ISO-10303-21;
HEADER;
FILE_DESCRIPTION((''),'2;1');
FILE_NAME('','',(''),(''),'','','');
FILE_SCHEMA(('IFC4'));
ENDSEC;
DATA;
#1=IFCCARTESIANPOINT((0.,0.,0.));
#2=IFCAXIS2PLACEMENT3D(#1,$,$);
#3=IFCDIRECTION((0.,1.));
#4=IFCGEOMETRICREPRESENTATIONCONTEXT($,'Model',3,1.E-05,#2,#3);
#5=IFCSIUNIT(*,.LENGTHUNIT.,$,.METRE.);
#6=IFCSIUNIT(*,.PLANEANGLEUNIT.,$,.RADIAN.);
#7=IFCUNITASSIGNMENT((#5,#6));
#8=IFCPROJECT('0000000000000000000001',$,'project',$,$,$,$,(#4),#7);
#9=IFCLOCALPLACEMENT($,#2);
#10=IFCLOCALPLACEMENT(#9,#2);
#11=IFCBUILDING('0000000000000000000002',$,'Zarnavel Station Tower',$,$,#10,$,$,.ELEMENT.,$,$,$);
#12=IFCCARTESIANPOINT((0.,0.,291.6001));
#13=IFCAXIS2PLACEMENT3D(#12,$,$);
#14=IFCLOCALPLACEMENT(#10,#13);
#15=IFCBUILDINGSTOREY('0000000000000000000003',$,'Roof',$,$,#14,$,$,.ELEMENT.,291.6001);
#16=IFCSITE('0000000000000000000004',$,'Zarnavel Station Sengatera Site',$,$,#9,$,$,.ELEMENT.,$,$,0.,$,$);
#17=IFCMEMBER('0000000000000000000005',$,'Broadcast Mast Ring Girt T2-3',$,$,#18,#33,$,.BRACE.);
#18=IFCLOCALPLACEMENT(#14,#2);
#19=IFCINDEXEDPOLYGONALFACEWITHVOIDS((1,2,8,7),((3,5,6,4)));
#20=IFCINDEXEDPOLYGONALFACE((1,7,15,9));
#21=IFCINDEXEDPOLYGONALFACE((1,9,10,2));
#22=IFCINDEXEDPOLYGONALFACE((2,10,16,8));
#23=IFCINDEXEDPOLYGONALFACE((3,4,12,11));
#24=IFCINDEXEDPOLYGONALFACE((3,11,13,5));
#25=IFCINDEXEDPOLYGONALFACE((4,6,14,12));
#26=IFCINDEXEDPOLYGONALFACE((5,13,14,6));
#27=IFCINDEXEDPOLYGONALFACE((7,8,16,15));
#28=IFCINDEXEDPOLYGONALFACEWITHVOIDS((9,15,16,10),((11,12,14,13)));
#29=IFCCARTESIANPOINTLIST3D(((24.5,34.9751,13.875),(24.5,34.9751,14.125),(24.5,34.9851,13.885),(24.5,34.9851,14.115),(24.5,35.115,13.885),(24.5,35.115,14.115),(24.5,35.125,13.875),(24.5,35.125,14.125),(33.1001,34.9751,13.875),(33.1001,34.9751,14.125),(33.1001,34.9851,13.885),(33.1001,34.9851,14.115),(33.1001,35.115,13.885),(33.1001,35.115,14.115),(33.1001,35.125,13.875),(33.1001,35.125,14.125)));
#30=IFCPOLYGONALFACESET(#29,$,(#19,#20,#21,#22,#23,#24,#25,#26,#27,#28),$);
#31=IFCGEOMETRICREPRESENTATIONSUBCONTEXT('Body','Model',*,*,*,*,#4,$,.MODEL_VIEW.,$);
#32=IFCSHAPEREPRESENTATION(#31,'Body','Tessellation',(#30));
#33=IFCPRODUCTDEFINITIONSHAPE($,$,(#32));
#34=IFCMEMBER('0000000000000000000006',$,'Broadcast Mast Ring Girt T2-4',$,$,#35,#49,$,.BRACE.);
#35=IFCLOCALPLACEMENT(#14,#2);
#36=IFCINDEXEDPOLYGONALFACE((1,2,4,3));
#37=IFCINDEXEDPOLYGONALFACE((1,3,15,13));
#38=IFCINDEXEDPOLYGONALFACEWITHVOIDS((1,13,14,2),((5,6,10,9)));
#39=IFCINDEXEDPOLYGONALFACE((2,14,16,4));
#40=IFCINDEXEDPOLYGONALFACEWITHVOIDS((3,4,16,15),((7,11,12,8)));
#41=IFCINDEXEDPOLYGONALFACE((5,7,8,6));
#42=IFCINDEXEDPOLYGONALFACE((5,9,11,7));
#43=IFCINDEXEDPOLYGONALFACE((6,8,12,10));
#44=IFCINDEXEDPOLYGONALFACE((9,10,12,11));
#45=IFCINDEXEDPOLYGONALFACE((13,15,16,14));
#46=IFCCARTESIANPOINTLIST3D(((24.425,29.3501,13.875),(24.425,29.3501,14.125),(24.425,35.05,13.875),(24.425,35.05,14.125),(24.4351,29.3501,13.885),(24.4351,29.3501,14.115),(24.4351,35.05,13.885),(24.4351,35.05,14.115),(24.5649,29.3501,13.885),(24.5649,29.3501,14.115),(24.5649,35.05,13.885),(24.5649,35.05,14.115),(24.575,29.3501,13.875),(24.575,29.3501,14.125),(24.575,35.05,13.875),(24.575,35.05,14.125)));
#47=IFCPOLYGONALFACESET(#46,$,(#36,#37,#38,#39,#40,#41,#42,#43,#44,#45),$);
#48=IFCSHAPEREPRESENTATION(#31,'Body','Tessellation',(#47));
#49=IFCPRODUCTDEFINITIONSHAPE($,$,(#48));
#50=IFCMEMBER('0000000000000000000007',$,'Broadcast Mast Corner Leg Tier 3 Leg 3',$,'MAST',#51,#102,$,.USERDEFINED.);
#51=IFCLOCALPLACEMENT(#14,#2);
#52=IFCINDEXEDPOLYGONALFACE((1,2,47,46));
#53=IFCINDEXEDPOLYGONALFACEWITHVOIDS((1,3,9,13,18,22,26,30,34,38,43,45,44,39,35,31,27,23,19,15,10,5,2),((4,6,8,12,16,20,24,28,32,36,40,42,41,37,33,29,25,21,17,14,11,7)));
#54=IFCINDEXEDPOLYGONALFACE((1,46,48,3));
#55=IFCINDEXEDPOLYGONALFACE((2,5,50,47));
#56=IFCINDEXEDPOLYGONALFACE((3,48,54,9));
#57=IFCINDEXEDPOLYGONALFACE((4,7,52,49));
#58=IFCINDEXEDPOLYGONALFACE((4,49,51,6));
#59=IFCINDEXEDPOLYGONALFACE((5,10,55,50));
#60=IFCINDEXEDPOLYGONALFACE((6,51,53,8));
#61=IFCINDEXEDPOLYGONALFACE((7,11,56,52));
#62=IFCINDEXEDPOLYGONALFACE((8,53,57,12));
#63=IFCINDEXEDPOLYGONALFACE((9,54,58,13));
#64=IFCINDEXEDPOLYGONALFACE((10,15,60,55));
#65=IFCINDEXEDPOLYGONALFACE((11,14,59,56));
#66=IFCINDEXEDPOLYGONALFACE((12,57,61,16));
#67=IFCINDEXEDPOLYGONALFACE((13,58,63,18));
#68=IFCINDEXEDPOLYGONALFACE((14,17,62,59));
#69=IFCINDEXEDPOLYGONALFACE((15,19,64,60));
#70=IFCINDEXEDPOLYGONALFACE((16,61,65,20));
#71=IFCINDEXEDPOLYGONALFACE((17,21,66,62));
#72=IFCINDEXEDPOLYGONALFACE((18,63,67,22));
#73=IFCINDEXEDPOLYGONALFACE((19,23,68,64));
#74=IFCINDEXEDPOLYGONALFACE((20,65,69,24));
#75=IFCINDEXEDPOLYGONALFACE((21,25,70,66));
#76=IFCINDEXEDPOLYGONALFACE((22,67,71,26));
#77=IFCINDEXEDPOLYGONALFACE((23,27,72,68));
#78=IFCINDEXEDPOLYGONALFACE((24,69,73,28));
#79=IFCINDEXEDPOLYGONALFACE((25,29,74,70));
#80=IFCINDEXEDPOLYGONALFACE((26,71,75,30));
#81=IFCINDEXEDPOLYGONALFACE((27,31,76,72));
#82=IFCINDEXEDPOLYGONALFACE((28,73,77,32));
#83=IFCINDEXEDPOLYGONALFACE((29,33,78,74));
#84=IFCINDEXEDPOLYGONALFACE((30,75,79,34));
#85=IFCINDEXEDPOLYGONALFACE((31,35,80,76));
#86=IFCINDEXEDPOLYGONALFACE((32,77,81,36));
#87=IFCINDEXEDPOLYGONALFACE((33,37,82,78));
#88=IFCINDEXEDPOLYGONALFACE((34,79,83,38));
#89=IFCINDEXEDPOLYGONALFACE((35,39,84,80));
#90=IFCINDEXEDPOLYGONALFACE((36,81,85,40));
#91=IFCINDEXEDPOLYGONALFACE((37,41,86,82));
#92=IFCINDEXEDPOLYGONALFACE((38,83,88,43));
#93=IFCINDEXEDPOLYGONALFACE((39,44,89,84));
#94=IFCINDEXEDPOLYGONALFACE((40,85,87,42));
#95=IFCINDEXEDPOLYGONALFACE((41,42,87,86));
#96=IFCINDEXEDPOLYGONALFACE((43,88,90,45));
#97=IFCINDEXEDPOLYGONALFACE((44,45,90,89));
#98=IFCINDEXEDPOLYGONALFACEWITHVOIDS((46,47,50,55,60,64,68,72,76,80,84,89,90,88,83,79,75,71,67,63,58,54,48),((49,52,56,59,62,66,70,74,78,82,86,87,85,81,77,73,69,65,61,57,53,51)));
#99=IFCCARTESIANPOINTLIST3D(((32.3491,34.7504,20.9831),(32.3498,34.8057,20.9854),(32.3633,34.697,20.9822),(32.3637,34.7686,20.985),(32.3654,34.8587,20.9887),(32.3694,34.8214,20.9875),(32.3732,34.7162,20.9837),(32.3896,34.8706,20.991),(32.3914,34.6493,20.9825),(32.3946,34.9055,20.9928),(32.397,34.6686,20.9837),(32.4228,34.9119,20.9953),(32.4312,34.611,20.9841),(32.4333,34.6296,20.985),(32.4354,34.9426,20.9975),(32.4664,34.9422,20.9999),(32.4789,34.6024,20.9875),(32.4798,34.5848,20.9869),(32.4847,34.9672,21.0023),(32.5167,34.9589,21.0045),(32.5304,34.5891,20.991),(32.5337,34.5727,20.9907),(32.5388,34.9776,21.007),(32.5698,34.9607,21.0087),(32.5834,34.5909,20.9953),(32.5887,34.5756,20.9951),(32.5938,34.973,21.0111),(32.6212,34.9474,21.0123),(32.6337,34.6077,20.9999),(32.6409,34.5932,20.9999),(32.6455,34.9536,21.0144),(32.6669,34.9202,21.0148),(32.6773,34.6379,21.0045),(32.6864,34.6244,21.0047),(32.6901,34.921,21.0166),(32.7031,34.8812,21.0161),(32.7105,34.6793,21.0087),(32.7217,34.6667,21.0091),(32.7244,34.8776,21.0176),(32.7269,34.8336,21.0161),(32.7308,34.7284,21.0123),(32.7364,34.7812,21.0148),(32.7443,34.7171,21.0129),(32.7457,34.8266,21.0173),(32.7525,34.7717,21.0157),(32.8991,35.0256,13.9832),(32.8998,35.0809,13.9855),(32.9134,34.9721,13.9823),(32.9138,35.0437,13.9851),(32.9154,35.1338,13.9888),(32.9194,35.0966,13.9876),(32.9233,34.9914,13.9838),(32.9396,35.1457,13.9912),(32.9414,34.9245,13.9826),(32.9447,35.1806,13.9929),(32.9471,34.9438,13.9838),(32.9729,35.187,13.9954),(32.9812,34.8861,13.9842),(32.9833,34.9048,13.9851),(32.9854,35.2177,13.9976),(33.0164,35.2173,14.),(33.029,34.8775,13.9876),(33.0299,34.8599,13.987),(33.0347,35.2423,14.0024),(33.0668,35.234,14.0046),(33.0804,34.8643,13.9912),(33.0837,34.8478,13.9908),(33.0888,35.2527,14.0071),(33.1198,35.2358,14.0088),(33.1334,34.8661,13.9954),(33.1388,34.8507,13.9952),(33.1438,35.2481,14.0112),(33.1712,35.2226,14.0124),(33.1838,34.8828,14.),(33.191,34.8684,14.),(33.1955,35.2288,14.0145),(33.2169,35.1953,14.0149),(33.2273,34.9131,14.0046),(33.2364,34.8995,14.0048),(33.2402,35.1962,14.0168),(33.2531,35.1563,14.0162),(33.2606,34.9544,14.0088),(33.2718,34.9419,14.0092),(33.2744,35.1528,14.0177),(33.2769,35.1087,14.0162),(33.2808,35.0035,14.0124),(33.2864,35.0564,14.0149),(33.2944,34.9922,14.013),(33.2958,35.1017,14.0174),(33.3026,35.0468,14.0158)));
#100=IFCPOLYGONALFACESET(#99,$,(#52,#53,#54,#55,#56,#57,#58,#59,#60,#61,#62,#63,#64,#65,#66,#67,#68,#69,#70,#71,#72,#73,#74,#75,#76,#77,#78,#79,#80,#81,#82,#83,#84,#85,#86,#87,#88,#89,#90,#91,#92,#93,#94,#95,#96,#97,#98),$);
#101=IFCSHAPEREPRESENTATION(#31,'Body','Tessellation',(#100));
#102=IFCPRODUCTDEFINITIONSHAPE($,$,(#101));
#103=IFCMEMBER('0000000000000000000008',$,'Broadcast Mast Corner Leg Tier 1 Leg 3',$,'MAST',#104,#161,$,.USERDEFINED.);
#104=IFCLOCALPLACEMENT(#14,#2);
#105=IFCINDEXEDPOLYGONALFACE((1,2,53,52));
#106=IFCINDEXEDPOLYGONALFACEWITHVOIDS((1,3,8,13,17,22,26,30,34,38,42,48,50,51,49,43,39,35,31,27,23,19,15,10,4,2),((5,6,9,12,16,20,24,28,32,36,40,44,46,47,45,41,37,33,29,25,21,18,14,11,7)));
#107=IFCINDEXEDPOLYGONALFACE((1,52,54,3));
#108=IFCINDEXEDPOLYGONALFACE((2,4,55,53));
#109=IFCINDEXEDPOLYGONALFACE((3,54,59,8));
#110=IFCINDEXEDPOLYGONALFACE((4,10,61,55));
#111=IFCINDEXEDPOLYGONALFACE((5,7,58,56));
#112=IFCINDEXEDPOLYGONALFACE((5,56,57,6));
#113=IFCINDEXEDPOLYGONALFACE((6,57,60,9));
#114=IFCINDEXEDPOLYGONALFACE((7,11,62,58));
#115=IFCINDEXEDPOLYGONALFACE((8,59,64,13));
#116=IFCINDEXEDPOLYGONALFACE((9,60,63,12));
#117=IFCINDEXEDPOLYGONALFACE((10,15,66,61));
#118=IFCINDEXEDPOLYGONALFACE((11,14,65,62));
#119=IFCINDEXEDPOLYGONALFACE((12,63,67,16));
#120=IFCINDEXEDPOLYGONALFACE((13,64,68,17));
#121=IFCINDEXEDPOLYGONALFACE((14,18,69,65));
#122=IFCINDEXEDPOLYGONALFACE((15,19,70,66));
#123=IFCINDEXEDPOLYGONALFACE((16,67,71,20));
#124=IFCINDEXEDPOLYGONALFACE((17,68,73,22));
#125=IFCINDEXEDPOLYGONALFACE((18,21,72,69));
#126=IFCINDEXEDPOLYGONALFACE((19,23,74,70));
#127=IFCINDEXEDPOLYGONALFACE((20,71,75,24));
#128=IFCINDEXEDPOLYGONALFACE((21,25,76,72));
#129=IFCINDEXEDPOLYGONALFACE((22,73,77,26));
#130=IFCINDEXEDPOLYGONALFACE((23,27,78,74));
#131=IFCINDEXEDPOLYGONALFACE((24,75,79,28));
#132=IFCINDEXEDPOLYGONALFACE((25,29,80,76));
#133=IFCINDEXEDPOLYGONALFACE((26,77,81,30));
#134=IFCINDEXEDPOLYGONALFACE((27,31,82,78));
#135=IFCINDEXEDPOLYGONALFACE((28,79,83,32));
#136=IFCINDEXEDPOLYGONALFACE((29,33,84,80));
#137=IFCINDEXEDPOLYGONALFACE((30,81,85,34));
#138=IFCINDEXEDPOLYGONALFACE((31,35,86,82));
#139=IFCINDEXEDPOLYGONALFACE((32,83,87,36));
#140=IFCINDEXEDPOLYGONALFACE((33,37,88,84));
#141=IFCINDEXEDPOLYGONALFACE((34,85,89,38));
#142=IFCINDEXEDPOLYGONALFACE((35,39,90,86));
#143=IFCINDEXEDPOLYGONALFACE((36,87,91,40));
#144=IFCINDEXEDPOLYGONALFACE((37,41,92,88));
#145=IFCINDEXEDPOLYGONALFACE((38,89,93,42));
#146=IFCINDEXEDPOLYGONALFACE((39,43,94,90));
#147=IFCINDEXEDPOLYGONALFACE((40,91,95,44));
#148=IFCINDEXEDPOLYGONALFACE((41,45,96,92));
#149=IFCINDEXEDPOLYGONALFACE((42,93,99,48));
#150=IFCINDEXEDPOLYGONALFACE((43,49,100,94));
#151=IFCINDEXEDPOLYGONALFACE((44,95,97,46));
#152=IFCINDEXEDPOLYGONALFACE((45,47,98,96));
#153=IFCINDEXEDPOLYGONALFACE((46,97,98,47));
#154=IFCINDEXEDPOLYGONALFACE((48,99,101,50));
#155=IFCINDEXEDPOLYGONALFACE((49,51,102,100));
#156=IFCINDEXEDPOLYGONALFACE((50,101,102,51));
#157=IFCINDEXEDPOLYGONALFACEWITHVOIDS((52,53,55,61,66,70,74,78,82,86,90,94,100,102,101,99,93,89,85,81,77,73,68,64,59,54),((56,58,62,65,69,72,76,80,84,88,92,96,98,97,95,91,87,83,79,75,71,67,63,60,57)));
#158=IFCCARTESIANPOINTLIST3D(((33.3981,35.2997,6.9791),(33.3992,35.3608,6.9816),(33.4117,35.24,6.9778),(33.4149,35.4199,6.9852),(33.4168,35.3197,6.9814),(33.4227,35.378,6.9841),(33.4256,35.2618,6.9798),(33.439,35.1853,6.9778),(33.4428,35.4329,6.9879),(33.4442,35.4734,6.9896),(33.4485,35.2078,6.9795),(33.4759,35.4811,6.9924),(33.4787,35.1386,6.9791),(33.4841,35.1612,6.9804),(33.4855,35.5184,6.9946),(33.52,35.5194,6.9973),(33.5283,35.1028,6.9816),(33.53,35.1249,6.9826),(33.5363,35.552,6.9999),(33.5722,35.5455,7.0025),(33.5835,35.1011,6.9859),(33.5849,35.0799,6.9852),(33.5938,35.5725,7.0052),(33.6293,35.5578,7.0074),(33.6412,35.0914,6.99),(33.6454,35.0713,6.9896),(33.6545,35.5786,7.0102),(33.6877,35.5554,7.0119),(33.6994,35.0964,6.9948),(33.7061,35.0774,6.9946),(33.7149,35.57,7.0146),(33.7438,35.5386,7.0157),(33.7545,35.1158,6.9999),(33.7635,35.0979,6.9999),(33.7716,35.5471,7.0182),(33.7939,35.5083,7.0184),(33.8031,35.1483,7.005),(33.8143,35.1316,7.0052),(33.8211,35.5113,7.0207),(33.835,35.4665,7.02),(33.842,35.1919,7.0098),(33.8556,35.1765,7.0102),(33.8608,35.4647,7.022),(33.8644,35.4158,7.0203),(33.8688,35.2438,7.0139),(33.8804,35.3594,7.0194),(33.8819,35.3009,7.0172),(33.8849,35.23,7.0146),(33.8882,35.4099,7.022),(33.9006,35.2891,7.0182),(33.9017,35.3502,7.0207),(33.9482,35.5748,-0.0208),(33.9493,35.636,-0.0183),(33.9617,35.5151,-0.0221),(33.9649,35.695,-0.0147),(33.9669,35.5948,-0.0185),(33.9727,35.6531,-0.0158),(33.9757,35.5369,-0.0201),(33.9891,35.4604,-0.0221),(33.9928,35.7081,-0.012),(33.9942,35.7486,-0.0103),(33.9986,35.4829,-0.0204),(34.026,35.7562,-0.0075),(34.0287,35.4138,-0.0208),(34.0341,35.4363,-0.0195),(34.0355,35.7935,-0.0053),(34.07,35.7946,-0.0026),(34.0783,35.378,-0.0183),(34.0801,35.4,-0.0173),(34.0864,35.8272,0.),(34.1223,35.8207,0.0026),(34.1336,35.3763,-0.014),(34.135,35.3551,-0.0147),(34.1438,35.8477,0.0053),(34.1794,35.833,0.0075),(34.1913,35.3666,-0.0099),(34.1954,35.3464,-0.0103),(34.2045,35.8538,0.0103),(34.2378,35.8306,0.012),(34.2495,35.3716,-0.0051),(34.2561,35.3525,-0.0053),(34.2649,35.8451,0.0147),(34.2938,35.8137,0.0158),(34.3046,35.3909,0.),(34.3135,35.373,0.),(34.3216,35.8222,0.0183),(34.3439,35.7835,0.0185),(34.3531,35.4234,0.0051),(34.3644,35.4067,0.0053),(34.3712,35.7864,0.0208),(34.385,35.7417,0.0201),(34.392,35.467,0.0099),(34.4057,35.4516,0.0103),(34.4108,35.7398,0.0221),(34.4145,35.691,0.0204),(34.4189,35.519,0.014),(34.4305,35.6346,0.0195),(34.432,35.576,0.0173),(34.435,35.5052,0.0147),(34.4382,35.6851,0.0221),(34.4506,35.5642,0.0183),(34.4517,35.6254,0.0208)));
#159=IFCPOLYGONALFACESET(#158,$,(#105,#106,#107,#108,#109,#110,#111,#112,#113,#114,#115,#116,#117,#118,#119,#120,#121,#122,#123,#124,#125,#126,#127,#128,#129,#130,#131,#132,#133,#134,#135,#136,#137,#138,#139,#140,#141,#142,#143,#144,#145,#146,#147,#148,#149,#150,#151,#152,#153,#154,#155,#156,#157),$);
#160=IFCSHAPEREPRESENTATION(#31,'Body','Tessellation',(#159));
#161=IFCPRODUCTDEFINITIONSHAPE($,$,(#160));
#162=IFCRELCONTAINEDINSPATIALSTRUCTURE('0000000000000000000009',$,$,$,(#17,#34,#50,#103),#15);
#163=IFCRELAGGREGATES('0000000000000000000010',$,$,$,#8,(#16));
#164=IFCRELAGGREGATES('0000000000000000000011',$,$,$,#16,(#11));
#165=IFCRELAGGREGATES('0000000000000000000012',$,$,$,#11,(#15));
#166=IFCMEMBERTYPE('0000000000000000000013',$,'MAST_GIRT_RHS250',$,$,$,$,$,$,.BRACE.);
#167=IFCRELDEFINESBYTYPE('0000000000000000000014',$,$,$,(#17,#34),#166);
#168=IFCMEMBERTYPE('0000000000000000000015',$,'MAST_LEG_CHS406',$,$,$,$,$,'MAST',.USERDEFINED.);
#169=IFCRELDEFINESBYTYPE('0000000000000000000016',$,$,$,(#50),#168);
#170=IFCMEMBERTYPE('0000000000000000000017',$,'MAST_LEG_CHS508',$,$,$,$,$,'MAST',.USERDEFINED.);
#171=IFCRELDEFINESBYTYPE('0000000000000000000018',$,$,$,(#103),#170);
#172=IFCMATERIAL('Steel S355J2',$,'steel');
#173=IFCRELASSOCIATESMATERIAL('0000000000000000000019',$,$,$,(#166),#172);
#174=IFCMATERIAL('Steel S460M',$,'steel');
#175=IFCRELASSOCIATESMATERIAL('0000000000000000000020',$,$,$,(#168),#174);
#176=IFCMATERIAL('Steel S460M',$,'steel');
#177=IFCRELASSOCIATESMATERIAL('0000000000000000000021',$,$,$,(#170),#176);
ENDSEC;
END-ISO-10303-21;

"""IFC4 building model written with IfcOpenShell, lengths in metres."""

from ifc_helpers import new_model, si_unit, direction, frame, origin, origin_2d, place, context, subcontext, project, spatial, hollow_rectangle, hollow_circle, extrude, material, material_profile, profile_set, type_object, element, save


model = new_model("IFC4")

# Units and contexts
model_context = context("Model", 3, precision=1e-05, world=origin(), true_north=direction((0.0, 1.0)))
body_context = subcontext(model_context, "Body", "Model", "MODEL_VIEW")
ifc_project = project(units=[si_unit("LENGTHUNIT", "METRE"), si_unit("PLANEANGLEUNIT", "RADIAN")], contexts=[model_context])

# Site, building, storey
site_placement = place(None, origin())
site = spatial("IfcSite", under=ifc_project, at=site_placement, Name="Zarnavel Station Sengatera Site", CompositionType="ELEMENT", RefElevation=0.0)
building_placement = place(site_placement, origin())
building = spatial("IfcBuilding", under=site, at=building_placement, Name="Zarnavel Station Tower", CompositionType="ELEMENT")
storey_placement = place(building_placement, frame((0.0, 0.0, 291.6001)))
storey = spatial("IfcBuildingStorey", under=building, at=storey_placement, Name="Roof", CompositionType="ELEMENT", Elevation=291.6001)

# Members
ifc_material_1 = material(Name="Steel S355J2", Category="steel")
ifc_material_profile_1 = material_profile(ifc_material_1, hollow_rectangle(XDim=0.1499, YDim=0.25, WallThickness=0.01, at=origin_2d()), Name="RHS250x150x10")
ifc_profile_set_1 = profile_set([ifc_material_profile_1], Name="Steel S355J2")
member_type_1 = type_object("IfcMemberType", Name="MAST_GIRT_RHS250", PredefinedType="BRACE", material=ifc_profile_set_1)
member_1_placement = place(storey_placement, frame((33.1001, 35.05, 14.0), z_axis=(-1.0, 0.0, 0.0), x_axis=(0.0, -1.0, 0.0)))
element("IfcMember", 1, at=member_1_placement, inside=storey, type_object=member_type_1, Name="Broadcast Mast Ring Girt T2-3", PredefinedType="BRACE", context=body_context, shape_type="SweptSolid", body=[
    extrude(hollow_rectangle(XDim=0.1499, YDim=0.25, WallThickness=0.01, at=origin_2d()), origin(), (0.0, 0.0, 1.0), 8.6001),
])
member_2_placement = place(storey_placement, frame((24.5, 35.05, 14.0), z_axis=(0.0, -1.0, 0.0), x_axis=(1.0, 0.0, 0.0)))
element("IfcMember", 2, at=member_2_placement, inside=storey, type_object=member_type_1, Name="Broadcast Mast Ring Girt T2-4", PredefinedType="BRACE", context=body_context, shape_type="SweptSolid", body=[
    extrude(hollow_rectangle(XDim=0.1499, YDim=0.25, WallThickness=0.01, at=origin_2d()), origin(), (0.0, 0.0, 1.0), 5.7),
])
ifc_material_2 = material(Name="Steel S460M", Category="steel")
ifc_material_profile_2 = material_profile(ifc_material_2, hollow_circle(Radius=0.2031, WallThickness=0.0161, at=origin_2d()), Name="CHS406.4x16")
ifc_profile_set_2 = profile_set([ifc_material_profile_2], Name="Steel S460M")
member_type_2 = type_object("IfcMemberType", Name="MAST_LEG_CHS406", ElementType="MAST", PredefinedType="USERDEFINED", material=ifc_profile_set_2)
member_3_placement = place(storey_placement, frame((33.1001, 35.05, 14.0), z_axis=(-0.078277, -0.039156, 0.996162), x_axis=(0.447372, -0.894348, 0.0)))
element("IfcMember", 3, at=member_3_placement, inside=storey, type_object=member_type_2, Name="Broadcast Mast Corner Leg Tier 3 Leg 3", ObjectType="MAST", PredefinedType="USERDEFINED", context=body_context, shape_type="SweptSolid", body=[
    extrude(hollow_circle(Radius=0.2031, WallThickness=0.0161, at=origin_2d()), origin(), (0.0, 0.0, 1.0), 7.0269),
])
ifc_material_3 = material(Name="Steel S460M", Category="steel")
ifc_material_profile_3 = material_profile(ifc_material_3, hollow_circle(Radius=0.2539, WallThickness=0.02, at=origin_2d()), Name="CHS508x20")
ifc_profile_set_3 = profile_set([ifc_material_profile_3], Name="Steel S460M")
member_type_3 = type_object("IfcMemberType", Name="MAST_LEG_CHS508", ElementType="MAST", PredefinedType="USERDEFINED", material=ifc_profile_set_3)
for number, where, z_axis, x_axis, name in (
    (4, (34.2, 35.6001, 0.0), (-0.078277, -0.039156, 0.996162), (0.447372, -0.894348, 0.0), "Broadcast Mast Corner Leg Tier 1 Leg 3"),
):
    element("IfcMember", number, at=place(storey_placement, frame(where, z_axis=z_axis, x_axis=x_axis)), inside=storey, type_object=member_type_3, Name=name, ObjectType="MAST", PredefinedType="USERDEFINED", context=body_context, shape_type="SweptSolid", body=[
        extrude(hollow_circle(Radius=0.2539, WallThickness=0.02, at=origin_2d()), origin(), (0.0, 0.0, 1.0), 7.0269),
    ])

save(model, "model.ifc")
